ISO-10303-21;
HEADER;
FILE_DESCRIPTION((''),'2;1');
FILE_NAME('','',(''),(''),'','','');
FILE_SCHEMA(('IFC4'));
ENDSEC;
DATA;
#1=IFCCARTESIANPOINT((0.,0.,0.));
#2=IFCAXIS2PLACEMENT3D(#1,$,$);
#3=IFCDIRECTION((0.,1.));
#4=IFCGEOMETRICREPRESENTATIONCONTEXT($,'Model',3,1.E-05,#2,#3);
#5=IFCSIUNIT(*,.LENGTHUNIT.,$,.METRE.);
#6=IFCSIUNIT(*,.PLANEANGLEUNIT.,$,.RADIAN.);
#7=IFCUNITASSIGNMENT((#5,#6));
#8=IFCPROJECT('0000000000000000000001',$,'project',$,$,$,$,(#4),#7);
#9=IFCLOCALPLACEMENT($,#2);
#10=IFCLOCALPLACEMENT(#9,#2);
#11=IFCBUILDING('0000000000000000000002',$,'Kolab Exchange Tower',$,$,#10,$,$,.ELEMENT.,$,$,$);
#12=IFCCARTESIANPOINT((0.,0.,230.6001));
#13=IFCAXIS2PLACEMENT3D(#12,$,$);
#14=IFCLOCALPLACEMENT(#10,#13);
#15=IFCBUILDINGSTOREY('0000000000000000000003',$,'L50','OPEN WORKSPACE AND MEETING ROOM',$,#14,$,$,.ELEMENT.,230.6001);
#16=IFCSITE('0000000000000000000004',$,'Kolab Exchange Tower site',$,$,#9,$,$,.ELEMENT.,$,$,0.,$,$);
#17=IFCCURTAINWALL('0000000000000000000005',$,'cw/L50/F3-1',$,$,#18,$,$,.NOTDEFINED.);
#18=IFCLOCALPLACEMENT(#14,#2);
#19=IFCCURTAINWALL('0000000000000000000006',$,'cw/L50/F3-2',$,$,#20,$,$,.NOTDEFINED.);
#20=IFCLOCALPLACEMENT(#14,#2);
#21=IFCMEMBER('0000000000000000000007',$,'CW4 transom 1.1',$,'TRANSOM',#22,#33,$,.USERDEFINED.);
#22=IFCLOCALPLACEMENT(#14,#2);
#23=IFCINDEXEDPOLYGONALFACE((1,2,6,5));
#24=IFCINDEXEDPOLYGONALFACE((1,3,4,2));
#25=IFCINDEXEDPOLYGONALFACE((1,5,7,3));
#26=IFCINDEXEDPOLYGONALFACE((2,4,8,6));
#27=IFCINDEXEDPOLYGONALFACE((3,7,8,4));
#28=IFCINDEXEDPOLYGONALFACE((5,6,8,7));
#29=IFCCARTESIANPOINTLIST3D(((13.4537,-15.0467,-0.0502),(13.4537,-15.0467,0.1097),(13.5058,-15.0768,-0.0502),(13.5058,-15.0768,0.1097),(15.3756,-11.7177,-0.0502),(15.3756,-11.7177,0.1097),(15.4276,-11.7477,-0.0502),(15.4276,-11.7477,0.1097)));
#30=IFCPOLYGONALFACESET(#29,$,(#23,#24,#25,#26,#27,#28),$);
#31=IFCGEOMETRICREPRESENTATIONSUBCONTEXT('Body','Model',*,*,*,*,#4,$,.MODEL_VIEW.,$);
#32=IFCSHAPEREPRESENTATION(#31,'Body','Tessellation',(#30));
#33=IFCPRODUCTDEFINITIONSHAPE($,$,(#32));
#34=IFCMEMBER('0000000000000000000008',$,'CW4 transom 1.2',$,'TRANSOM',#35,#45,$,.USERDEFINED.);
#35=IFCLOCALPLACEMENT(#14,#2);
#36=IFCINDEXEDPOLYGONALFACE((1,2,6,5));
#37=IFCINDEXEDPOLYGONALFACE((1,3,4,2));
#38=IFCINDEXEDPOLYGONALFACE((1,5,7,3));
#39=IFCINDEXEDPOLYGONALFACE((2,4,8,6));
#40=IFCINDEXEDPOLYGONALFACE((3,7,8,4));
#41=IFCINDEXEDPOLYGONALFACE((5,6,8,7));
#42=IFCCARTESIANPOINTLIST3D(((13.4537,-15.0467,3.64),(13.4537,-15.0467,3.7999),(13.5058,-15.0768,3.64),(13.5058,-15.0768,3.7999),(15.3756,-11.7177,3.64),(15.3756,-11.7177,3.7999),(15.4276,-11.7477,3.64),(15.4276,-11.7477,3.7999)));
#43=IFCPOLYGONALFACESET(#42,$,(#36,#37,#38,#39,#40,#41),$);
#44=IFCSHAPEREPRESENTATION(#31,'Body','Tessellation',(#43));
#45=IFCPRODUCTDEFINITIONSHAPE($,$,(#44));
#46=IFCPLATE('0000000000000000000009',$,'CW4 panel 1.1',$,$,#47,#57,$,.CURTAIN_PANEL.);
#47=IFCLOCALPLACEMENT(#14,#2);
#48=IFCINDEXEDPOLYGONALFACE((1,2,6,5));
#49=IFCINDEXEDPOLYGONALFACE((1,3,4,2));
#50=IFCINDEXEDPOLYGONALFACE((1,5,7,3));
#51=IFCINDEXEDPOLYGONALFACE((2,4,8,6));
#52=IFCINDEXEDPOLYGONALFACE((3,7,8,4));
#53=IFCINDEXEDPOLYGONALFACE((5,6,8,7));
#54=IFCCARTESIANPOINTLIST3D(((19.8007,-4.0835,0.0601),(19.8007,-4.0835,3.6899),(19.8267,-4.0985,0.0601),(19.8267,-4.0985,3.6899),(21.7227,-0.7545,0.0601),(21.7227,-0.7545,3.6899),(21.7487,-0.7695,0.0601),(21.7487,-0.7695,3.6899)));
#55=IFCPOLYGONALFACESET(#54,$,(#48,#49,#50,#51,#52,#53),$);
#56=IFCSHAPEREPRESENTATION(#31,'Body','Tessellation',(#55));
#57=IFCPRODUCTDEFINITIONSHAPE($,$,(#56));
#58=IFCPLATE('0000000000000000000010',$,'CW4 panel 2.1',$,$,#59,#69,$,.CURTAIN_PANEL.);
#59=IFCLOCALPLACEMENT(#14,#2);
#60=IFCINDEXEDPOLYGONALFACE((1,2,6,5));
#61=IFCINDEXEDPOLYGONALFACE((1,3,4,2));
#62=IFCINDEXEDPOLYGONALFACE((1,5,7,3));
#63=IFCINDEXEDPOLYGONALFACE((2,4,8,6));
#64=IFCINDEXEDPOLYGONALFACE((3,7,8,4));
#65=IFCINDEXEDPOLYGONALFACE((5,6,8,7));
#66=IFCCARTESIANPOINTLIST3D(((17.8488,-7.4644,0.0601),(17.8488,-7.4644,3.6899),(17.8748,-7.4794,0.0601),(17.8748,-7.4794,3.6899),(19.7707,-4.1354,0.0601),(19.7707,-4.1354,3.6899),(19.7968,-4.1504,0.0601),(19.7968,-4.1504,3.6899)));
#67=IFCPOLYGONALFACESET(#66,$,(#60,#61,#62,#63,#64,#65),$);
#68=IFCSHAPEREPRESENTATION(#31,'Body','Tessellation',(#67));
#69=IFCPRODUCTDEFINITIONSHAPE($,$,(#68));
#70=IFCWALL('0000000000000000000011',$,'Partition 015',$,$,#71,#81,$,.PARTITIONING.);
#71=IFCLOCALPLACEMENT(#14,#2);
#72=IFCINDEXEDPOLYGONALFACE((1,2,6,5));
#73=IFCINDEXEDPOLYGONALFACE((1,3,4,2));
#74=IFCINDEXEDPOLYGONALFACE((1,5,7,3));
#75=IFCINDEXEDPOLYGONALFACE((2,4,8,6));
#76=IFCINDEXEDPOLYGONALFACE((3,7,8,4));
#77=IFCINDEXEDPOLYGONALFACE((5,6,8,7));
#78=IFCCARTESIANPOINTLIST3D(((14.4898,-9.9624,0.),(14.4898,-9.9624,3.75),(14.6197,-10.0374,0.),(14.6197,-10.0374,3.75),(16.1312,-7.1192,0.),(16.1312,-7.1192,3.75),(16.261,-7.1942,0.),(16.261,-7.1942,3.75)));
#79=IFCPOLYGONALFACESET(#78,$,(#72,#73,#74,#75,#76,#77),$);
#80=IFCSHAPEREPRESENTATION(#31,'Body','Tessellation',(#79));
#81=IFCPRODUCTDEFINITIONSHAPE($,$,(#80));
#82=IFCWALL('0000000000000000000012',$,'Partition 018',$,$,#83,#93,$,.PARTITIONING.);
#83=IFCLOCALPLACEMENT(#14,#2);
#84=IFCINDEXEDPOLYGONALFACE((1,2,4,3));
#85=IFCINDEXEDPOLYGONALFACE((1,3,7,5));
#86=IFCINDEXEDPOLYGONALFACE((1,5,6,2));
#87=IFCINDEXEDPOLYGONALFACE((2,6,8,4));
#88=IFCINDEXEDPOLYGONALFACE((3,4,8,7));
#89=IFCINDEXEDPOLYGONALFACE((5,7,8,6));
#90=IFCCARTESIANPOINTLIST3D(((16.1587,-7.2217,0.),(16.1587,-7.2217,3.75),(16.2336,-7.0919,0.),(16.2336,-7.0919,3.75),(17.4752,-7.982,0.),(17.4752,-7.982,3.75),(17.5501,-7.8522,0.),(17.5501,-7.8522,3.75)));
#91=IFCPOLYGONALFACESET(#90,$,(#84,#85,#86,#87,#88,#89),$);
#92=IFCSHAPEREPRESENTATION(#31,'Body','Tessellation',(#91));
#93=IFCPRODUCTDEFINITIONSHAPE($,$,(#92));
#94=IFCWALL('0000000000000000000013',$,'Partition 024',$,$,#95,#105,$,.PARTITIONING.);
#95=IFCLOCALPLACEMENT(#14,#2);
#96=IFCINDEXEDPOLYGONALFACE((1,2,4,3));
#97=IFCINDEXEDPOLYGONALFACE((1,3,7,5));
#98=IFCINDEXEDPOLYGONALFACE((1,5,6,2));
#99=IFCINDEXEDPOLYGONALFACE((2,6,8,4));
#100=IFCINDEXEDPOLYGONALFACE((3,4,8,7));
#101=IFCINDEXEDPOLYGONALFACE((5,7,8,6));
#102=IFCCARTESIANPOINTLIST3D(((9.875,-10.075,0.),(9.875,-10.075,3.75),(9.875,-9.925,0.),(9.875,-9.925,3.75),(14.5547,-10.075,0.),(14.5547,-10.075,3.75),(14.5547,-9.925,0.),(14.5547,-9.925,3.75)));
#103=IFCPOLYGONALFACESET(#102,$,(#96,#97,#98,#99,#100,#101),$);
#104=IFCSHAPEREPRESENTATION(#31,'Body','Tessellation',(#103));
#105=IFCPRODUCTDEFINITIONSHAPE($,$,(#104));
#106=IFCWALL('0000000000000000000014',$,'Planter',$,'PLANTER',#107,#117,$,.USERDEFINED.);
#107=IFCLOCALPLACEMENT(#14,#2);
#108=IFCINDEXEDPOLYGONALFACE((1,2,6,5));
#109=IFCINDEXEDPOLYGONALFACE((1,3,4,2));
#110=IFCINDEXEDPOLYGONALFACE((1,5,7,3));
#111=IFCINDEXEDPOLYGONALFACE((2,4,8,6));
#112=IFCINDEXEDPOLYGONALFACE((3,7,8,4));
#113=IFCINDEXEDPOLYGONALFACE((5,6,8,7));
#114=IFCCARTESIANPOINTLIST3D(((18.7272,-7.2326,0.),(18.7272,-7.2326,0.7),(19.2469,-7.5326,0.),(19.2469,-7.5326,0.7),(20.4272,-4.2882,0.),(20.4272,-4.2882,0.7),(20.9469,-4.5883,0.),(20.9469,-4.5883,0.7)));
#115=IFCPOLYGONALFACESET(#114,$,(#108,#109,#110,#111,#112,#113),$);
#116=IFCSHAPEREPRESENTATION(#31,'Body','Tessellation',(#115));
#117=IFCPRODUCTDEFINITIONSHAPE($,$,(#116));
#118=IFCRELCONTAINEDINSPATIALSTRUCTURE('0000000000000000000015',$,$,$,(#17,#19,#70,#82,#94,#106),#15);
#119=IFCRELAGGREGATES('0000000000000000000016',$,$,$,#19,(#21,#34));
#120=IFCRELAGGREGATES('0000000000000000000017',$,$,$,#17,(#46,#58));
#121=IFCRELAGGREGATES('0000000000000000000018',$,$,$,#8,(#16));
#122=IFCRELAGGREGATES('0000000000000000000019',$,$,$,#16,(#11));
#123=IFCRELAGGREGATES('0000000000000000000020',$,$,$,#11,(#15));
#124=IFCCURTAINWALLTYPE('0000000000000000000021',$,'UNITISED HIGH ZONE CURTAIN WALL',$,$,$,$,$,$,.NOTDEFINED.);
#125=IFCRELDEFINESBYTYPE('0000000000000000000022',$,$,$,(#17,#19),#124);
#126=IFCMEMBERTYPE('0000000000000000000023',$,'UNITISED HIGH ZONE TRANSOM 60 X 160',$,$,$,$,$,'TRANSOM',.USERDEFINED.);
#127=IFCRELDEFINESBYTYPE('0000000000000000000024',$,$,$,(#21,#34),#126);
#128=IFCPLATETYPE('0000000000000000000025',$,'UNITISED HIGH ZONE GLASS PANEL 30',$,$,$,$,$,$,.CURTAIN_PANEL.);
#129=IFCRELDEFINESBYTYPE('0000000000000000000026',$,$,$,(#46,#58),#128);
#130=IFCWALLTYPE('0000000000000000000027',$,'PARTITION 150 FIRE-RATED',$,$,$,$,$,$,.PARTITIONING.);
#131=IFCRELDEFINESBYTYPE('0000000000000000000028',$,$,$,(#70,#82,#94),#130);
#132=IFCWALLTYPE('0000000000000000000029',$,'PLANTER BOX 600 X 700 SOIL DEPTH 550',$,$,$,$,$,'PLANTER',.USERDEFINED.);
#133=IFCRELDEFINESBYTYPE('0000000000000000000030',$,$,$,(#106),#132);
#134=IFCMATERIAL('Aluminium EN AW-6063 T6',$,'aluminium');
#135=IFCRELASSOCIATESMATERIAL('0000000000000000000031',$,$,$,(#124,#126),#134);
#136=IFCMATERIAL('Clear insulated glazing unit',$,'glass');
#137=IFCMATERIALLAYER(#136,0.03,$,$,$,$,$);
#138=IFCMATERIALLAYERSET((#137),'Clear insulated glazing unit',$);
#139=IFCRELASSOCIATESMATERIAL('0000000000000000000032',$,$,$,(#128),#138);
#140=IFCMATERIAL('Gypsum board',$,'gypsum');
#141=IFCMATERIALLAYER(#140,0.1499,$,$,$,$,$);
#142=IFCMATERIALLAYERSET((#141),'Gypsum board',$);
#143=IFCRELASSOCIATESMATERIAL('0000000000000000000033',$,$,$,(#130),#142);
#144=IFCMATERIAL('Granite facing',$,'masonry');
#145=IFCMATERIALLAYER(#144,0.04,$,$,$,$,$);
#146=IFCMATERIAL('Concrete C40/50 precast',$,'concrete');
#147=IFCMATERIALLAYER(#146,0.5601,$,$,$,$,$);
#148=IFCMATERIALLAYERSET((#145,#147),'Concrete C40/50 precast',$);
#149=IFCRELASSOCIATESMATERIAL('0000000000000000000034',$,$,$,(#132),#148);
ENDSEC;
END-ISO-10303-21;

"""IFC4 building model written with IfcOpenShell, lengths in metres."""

from ifc_helpers import new_model, si_unit, direction, frame, frame_2d, origin, origin_2d, place, context, subcontext, project, spatial, rectangle, extrude, material, layer, layer_set, material_profile, profile_set, type_object, element, aggregate, save


model = new_model("IFC4")

# Units and contexts
model_context = context("Model", 3, precision=1e-05, world=origin(), true_north=direction((0.0, 1.0)))
body_context = subcontext(model_context, "Body", "Model", "MODEL_VIEW")
ifc_project = project(units=[si_unit("LENGTHUNIT", "METRE"), si_unit("PLANEANGLEUNIT", "RADIAN")], contexts=[model_context])

# Site, building, storey
site_placement = place(None, origin())
site = spatial("IfcSite", under=ifc_project, at=site_placement, Name="Kolab Exchange Tower site", CompositionType="ELEMENT", RefElevation=0.0)
building_placement = place(site_placement, origin())
building = spatial("IfcBuilding", under=site, at=building_placement, Name="Kolab Exchange Tower", CompositionType="ELEMENT")
storey_placement = place(building_placement, frame((0.0, 0.0, 230.6001)))
storey = spatial("IfcBuildingStorey", under=building, at=storey_placement, Name="L50", Description="OPEN WORKSPACE AND MEETING ROOM", CompositionType="ELEMENT", Elevation=230.6001)

# Curtain wall
ifc_material_1 = material(Name="Aluminium EN AW-6063 T6", Category="aluminium")
curtain_wall_type = type_object("IfcCurtainWallType", Name="UNITISED HIGH ZONE CURTAIN WALL", PredefinedType="NOTDEFINED", material=ifc_material_1)
curtain_wall_1_placement = place(storey_placement, origin())
curtain_wall_1 = element("IfcCurtainWall", 1, at=curtain_wall_1_placement, inside=storey, type_object=curtain_wall_type, Name="cw/L50/F3-1", PredefinedType="NOTDEFINED")

# Curtain wall
curtain_wall_2_placement = place(storey_placement, origin())
curtain_wall_2 = element("IfcCurtainWall", 2, at=curtain_wall_2_placement, inside=storey, type_object=curtain_wall_type, Name="cw/L50/F3-2", PredefinedType="NOTDEFINED")

# Members
ifc_material_profile_1 = material_profile(ifc_material_1, rectangle(XDim=0.0601, YDim=0.1599, at=origin_2d()), Name="RECT 60X160")
ifc_profile_set_1 = profile_set([ifc_material_profile_1], Name="Aluminium EN AW-6063 T6")
member_type_1 = type_object("IfcMemberType", Name="UNITISED HIGH ZONE TRANSOM 60 X 160", ElementType="TRANSOM", PredefinedType="USERDEFINED", material=ifc_profile_set_1)
member_1_placement = place(storey_placement, frame((15.4016, -11.7327, 0.0298), z_axis=(-0.499964, -0.866046, 0.0), x_axis=(0.866046, -0.499964, 0.0)))
member_1 = element("IfcMember", 3, at=member_1_placement, type_object=member_type_1, Name="CW4 transom 1.1", ObjectType="TRANSOM", PredefinedType="USERDEFINED", context=body_context, shape_type="SweptSolid", body=[
    extrude(rectangle(XDim=0.0601, YDim=0.1599, at=origin_2d()), origin(), (0.0, 0.0, 1.0), 3.844),
])
member_2_placement = place(storey_placement, frame((15.4016, -11.7327, 3.72), z_axis=(-0.499964, -0.866046, 0.0), x_axis=(0.866046, -0.499964, 0.0)))
member_2 = element("IfcMember", 4, at=member_2_placement, type_object=member_type_1, Name="CW4 transom 1.2", ObjectType="TRANSOM", PredefinedType="USERDEFINED", context=body_context, shape_type="SweptSolid", body=[
    extrude(rectangle(XDim=0.0601, YDim=0.1599, at=origin_2d()), origin(), (0.0, 0.0, 1.0), 3.844),
])
aggregate(curtain_wall_2, [member_1, member_2])

# Plates
ifc_material_2 = material(Name="Clear insulated glazing unit", Category="glass")
ifc_layer_1 = layer(ifc_material_2, 0.03)
ifc_layer_set_1 = layer_set([ifc_layer_1], Name="Clear insulated glazing unit")
plate_type = type_object("IfcPlateType", Name="UNITISED HIGH ZONE GLASS PANEL 30", PredefinedType="CURTAIN_PANEL", material=ifc_layer_set_1)
plate_1_placement = place(storey_placement, frame((20.7747, -2.4265, 0.0601), z_axis=(0.0, 0.0, 1.0), x_axis=(-0.5, -0.866025, 0.0)))
plate_1 = element("IfcPlate", 5, at=plate_1_placement, type_object=plate_type, Name="CW4 panel 1.1", PredefinedType="CURTAIN_PANEL", context=body_context, shape_type="SweptSolid", body=[
    extrude(rectangle(XDim=3.844, YDim=0.03, at=origin_2d()), origin(), (0.0, 0.0, 1.0), 3.6299),
])
plate_2_placement = place(storey_placement, frame((18.8228, -5.8074, 0.0601), z_axis=(0.0, 0.0, 1.0), x_axis=(-0.5, -0.866025, 0.0)))
plate_2 = element("IfcPlate", 6, at=plate_2_placement, type_object=plate_type, Name="CW4 panel 2.1", PredefinedType="CURTAIN_PANEL", context=body_context, shape_type="SweptSolid", body=[
    extrude(rectangle(XDim=3.844, YDim=0.03, at=origin_2d()), origin(), (0.0, 0.0, 1.0), 3.6299),
])
aggregate(curtain_wall_1, [plate_1, plate_2])

# Walls
ifc_material_3 = material(Name="Gypsum board", Category="gypsum")
ifc_layer_2 = layer(ifc_material_3, 0.1499)
ifc_layer_set_2 = layer_set([ifc_layer_2], Name="Gypsum board")
wall_type_1 = type_object("IfcWallType", Name="PARTITION 150 FIRE-RATED", PredefinedType="PARTITIONING", material=ifc_layer_set_2)
wall_1_placement = place(storey_placement, frame((14.5547, -10.0, 0.0), z_axis=(0.0, 0.0, 1.0), x_axis=(0.499954, 0.866052, 0.0)))
element("IfcWall", 7, at=wall_1_placement, inside=storey, type_object=wall_type_1, Name="Partition 015", PredefinedType="PARTITIONING", context=body_context, shape_type="SweptSolid", body=[
    extrude(rectangle(XDim=3.283, YDim=0.1499, at=frame_2d((1.6416, 0.0))), origin(), (0.0, 0.0, 1.0), 3.75),
])
wall_2_placement = place(storey_placement, frame((16.196, -7.1567, 0.0), z_axis=(0.0, 0.0, 1.0), x_axis=(0.865961, -0.500112, 0.0)))
element("IfcWall", 8, at=wall_2_placement, inside=storey, type_object=wall_type_1, Name="Partition 018", PredefinedType="PARTITIONING", context=body_context, shape_type="SweptSolid", body=[
    extrude(rectangle(XDim=1.5203, YDim=0.1499, at=frame_2d((0.7603, 0.0))), origin(), (0.0, 0.0, 1.0), 3.75),
])
wall_3_placement = place(storey_placement, frame((9.875, -10.0, 0.0), z_axis=(0.0, 0.0, 1.0), x_axis=(1.0, 0.0, 0.0)))
element("IfcWall", 9, at=wall_3_placement, inside=storey, type_object=wall_type_1, Name="Partition 024", PredefinedType="PARTITIONING", context=body_context, shape_type="SweptSolid", body=[
    extrude(rectangle(XDim=4.6797, YDim=0.1499, at=frame_2d((2.3398, 0.0))), origin(), (0.0, 0.0, 1.0), 3.75),
])
ifc_material_4 = material(Name="Granite facing", Category="masonry")
ifc_layer_3 = layer(ifc_material_4, 0.04)
ifc_material_5 = material(Name="Concrete C40/50 precast", Category="concrete")
ifc_layer_4 = layer(ifc_material_5, 0.5601)
ifc_layer_set_3 = layer_set([ifc_layer_3, ifc_layer_4], Name="Concrete C40/50 precast")
wall_type_2 = type_object("IfcWallType", Name="PLANTER BOX 600 X 700 SOIL DEPTH 550", ElementType="PLANTER", PredefinedType="USERDEFINED", material=ifc_layer_set_3)
wall_4_placement = place(storey_placement, frame((20.687, -4.4382, 0.0), z_axis=(0.0, 0.0, 1.0), x_axis=(-0.500008, -0.866021, 0.0)))
element("IfcWall", 10, at=wall_4_placement, inside=storey, type_object=wall_type_2, Name="Planter", ObjectType="PLANTER", PredefinedType="USERDEFINED", context=body_context, shape_type="SweptSolid", body=[
    extrude(rectangle(XDim=3.3999, YDim=0.6001, at=frame_2d((1.7, 0.0))), origin(), (0.0, 0.0, 1.0), 0.7),
])

save(model, "model.ifc")
